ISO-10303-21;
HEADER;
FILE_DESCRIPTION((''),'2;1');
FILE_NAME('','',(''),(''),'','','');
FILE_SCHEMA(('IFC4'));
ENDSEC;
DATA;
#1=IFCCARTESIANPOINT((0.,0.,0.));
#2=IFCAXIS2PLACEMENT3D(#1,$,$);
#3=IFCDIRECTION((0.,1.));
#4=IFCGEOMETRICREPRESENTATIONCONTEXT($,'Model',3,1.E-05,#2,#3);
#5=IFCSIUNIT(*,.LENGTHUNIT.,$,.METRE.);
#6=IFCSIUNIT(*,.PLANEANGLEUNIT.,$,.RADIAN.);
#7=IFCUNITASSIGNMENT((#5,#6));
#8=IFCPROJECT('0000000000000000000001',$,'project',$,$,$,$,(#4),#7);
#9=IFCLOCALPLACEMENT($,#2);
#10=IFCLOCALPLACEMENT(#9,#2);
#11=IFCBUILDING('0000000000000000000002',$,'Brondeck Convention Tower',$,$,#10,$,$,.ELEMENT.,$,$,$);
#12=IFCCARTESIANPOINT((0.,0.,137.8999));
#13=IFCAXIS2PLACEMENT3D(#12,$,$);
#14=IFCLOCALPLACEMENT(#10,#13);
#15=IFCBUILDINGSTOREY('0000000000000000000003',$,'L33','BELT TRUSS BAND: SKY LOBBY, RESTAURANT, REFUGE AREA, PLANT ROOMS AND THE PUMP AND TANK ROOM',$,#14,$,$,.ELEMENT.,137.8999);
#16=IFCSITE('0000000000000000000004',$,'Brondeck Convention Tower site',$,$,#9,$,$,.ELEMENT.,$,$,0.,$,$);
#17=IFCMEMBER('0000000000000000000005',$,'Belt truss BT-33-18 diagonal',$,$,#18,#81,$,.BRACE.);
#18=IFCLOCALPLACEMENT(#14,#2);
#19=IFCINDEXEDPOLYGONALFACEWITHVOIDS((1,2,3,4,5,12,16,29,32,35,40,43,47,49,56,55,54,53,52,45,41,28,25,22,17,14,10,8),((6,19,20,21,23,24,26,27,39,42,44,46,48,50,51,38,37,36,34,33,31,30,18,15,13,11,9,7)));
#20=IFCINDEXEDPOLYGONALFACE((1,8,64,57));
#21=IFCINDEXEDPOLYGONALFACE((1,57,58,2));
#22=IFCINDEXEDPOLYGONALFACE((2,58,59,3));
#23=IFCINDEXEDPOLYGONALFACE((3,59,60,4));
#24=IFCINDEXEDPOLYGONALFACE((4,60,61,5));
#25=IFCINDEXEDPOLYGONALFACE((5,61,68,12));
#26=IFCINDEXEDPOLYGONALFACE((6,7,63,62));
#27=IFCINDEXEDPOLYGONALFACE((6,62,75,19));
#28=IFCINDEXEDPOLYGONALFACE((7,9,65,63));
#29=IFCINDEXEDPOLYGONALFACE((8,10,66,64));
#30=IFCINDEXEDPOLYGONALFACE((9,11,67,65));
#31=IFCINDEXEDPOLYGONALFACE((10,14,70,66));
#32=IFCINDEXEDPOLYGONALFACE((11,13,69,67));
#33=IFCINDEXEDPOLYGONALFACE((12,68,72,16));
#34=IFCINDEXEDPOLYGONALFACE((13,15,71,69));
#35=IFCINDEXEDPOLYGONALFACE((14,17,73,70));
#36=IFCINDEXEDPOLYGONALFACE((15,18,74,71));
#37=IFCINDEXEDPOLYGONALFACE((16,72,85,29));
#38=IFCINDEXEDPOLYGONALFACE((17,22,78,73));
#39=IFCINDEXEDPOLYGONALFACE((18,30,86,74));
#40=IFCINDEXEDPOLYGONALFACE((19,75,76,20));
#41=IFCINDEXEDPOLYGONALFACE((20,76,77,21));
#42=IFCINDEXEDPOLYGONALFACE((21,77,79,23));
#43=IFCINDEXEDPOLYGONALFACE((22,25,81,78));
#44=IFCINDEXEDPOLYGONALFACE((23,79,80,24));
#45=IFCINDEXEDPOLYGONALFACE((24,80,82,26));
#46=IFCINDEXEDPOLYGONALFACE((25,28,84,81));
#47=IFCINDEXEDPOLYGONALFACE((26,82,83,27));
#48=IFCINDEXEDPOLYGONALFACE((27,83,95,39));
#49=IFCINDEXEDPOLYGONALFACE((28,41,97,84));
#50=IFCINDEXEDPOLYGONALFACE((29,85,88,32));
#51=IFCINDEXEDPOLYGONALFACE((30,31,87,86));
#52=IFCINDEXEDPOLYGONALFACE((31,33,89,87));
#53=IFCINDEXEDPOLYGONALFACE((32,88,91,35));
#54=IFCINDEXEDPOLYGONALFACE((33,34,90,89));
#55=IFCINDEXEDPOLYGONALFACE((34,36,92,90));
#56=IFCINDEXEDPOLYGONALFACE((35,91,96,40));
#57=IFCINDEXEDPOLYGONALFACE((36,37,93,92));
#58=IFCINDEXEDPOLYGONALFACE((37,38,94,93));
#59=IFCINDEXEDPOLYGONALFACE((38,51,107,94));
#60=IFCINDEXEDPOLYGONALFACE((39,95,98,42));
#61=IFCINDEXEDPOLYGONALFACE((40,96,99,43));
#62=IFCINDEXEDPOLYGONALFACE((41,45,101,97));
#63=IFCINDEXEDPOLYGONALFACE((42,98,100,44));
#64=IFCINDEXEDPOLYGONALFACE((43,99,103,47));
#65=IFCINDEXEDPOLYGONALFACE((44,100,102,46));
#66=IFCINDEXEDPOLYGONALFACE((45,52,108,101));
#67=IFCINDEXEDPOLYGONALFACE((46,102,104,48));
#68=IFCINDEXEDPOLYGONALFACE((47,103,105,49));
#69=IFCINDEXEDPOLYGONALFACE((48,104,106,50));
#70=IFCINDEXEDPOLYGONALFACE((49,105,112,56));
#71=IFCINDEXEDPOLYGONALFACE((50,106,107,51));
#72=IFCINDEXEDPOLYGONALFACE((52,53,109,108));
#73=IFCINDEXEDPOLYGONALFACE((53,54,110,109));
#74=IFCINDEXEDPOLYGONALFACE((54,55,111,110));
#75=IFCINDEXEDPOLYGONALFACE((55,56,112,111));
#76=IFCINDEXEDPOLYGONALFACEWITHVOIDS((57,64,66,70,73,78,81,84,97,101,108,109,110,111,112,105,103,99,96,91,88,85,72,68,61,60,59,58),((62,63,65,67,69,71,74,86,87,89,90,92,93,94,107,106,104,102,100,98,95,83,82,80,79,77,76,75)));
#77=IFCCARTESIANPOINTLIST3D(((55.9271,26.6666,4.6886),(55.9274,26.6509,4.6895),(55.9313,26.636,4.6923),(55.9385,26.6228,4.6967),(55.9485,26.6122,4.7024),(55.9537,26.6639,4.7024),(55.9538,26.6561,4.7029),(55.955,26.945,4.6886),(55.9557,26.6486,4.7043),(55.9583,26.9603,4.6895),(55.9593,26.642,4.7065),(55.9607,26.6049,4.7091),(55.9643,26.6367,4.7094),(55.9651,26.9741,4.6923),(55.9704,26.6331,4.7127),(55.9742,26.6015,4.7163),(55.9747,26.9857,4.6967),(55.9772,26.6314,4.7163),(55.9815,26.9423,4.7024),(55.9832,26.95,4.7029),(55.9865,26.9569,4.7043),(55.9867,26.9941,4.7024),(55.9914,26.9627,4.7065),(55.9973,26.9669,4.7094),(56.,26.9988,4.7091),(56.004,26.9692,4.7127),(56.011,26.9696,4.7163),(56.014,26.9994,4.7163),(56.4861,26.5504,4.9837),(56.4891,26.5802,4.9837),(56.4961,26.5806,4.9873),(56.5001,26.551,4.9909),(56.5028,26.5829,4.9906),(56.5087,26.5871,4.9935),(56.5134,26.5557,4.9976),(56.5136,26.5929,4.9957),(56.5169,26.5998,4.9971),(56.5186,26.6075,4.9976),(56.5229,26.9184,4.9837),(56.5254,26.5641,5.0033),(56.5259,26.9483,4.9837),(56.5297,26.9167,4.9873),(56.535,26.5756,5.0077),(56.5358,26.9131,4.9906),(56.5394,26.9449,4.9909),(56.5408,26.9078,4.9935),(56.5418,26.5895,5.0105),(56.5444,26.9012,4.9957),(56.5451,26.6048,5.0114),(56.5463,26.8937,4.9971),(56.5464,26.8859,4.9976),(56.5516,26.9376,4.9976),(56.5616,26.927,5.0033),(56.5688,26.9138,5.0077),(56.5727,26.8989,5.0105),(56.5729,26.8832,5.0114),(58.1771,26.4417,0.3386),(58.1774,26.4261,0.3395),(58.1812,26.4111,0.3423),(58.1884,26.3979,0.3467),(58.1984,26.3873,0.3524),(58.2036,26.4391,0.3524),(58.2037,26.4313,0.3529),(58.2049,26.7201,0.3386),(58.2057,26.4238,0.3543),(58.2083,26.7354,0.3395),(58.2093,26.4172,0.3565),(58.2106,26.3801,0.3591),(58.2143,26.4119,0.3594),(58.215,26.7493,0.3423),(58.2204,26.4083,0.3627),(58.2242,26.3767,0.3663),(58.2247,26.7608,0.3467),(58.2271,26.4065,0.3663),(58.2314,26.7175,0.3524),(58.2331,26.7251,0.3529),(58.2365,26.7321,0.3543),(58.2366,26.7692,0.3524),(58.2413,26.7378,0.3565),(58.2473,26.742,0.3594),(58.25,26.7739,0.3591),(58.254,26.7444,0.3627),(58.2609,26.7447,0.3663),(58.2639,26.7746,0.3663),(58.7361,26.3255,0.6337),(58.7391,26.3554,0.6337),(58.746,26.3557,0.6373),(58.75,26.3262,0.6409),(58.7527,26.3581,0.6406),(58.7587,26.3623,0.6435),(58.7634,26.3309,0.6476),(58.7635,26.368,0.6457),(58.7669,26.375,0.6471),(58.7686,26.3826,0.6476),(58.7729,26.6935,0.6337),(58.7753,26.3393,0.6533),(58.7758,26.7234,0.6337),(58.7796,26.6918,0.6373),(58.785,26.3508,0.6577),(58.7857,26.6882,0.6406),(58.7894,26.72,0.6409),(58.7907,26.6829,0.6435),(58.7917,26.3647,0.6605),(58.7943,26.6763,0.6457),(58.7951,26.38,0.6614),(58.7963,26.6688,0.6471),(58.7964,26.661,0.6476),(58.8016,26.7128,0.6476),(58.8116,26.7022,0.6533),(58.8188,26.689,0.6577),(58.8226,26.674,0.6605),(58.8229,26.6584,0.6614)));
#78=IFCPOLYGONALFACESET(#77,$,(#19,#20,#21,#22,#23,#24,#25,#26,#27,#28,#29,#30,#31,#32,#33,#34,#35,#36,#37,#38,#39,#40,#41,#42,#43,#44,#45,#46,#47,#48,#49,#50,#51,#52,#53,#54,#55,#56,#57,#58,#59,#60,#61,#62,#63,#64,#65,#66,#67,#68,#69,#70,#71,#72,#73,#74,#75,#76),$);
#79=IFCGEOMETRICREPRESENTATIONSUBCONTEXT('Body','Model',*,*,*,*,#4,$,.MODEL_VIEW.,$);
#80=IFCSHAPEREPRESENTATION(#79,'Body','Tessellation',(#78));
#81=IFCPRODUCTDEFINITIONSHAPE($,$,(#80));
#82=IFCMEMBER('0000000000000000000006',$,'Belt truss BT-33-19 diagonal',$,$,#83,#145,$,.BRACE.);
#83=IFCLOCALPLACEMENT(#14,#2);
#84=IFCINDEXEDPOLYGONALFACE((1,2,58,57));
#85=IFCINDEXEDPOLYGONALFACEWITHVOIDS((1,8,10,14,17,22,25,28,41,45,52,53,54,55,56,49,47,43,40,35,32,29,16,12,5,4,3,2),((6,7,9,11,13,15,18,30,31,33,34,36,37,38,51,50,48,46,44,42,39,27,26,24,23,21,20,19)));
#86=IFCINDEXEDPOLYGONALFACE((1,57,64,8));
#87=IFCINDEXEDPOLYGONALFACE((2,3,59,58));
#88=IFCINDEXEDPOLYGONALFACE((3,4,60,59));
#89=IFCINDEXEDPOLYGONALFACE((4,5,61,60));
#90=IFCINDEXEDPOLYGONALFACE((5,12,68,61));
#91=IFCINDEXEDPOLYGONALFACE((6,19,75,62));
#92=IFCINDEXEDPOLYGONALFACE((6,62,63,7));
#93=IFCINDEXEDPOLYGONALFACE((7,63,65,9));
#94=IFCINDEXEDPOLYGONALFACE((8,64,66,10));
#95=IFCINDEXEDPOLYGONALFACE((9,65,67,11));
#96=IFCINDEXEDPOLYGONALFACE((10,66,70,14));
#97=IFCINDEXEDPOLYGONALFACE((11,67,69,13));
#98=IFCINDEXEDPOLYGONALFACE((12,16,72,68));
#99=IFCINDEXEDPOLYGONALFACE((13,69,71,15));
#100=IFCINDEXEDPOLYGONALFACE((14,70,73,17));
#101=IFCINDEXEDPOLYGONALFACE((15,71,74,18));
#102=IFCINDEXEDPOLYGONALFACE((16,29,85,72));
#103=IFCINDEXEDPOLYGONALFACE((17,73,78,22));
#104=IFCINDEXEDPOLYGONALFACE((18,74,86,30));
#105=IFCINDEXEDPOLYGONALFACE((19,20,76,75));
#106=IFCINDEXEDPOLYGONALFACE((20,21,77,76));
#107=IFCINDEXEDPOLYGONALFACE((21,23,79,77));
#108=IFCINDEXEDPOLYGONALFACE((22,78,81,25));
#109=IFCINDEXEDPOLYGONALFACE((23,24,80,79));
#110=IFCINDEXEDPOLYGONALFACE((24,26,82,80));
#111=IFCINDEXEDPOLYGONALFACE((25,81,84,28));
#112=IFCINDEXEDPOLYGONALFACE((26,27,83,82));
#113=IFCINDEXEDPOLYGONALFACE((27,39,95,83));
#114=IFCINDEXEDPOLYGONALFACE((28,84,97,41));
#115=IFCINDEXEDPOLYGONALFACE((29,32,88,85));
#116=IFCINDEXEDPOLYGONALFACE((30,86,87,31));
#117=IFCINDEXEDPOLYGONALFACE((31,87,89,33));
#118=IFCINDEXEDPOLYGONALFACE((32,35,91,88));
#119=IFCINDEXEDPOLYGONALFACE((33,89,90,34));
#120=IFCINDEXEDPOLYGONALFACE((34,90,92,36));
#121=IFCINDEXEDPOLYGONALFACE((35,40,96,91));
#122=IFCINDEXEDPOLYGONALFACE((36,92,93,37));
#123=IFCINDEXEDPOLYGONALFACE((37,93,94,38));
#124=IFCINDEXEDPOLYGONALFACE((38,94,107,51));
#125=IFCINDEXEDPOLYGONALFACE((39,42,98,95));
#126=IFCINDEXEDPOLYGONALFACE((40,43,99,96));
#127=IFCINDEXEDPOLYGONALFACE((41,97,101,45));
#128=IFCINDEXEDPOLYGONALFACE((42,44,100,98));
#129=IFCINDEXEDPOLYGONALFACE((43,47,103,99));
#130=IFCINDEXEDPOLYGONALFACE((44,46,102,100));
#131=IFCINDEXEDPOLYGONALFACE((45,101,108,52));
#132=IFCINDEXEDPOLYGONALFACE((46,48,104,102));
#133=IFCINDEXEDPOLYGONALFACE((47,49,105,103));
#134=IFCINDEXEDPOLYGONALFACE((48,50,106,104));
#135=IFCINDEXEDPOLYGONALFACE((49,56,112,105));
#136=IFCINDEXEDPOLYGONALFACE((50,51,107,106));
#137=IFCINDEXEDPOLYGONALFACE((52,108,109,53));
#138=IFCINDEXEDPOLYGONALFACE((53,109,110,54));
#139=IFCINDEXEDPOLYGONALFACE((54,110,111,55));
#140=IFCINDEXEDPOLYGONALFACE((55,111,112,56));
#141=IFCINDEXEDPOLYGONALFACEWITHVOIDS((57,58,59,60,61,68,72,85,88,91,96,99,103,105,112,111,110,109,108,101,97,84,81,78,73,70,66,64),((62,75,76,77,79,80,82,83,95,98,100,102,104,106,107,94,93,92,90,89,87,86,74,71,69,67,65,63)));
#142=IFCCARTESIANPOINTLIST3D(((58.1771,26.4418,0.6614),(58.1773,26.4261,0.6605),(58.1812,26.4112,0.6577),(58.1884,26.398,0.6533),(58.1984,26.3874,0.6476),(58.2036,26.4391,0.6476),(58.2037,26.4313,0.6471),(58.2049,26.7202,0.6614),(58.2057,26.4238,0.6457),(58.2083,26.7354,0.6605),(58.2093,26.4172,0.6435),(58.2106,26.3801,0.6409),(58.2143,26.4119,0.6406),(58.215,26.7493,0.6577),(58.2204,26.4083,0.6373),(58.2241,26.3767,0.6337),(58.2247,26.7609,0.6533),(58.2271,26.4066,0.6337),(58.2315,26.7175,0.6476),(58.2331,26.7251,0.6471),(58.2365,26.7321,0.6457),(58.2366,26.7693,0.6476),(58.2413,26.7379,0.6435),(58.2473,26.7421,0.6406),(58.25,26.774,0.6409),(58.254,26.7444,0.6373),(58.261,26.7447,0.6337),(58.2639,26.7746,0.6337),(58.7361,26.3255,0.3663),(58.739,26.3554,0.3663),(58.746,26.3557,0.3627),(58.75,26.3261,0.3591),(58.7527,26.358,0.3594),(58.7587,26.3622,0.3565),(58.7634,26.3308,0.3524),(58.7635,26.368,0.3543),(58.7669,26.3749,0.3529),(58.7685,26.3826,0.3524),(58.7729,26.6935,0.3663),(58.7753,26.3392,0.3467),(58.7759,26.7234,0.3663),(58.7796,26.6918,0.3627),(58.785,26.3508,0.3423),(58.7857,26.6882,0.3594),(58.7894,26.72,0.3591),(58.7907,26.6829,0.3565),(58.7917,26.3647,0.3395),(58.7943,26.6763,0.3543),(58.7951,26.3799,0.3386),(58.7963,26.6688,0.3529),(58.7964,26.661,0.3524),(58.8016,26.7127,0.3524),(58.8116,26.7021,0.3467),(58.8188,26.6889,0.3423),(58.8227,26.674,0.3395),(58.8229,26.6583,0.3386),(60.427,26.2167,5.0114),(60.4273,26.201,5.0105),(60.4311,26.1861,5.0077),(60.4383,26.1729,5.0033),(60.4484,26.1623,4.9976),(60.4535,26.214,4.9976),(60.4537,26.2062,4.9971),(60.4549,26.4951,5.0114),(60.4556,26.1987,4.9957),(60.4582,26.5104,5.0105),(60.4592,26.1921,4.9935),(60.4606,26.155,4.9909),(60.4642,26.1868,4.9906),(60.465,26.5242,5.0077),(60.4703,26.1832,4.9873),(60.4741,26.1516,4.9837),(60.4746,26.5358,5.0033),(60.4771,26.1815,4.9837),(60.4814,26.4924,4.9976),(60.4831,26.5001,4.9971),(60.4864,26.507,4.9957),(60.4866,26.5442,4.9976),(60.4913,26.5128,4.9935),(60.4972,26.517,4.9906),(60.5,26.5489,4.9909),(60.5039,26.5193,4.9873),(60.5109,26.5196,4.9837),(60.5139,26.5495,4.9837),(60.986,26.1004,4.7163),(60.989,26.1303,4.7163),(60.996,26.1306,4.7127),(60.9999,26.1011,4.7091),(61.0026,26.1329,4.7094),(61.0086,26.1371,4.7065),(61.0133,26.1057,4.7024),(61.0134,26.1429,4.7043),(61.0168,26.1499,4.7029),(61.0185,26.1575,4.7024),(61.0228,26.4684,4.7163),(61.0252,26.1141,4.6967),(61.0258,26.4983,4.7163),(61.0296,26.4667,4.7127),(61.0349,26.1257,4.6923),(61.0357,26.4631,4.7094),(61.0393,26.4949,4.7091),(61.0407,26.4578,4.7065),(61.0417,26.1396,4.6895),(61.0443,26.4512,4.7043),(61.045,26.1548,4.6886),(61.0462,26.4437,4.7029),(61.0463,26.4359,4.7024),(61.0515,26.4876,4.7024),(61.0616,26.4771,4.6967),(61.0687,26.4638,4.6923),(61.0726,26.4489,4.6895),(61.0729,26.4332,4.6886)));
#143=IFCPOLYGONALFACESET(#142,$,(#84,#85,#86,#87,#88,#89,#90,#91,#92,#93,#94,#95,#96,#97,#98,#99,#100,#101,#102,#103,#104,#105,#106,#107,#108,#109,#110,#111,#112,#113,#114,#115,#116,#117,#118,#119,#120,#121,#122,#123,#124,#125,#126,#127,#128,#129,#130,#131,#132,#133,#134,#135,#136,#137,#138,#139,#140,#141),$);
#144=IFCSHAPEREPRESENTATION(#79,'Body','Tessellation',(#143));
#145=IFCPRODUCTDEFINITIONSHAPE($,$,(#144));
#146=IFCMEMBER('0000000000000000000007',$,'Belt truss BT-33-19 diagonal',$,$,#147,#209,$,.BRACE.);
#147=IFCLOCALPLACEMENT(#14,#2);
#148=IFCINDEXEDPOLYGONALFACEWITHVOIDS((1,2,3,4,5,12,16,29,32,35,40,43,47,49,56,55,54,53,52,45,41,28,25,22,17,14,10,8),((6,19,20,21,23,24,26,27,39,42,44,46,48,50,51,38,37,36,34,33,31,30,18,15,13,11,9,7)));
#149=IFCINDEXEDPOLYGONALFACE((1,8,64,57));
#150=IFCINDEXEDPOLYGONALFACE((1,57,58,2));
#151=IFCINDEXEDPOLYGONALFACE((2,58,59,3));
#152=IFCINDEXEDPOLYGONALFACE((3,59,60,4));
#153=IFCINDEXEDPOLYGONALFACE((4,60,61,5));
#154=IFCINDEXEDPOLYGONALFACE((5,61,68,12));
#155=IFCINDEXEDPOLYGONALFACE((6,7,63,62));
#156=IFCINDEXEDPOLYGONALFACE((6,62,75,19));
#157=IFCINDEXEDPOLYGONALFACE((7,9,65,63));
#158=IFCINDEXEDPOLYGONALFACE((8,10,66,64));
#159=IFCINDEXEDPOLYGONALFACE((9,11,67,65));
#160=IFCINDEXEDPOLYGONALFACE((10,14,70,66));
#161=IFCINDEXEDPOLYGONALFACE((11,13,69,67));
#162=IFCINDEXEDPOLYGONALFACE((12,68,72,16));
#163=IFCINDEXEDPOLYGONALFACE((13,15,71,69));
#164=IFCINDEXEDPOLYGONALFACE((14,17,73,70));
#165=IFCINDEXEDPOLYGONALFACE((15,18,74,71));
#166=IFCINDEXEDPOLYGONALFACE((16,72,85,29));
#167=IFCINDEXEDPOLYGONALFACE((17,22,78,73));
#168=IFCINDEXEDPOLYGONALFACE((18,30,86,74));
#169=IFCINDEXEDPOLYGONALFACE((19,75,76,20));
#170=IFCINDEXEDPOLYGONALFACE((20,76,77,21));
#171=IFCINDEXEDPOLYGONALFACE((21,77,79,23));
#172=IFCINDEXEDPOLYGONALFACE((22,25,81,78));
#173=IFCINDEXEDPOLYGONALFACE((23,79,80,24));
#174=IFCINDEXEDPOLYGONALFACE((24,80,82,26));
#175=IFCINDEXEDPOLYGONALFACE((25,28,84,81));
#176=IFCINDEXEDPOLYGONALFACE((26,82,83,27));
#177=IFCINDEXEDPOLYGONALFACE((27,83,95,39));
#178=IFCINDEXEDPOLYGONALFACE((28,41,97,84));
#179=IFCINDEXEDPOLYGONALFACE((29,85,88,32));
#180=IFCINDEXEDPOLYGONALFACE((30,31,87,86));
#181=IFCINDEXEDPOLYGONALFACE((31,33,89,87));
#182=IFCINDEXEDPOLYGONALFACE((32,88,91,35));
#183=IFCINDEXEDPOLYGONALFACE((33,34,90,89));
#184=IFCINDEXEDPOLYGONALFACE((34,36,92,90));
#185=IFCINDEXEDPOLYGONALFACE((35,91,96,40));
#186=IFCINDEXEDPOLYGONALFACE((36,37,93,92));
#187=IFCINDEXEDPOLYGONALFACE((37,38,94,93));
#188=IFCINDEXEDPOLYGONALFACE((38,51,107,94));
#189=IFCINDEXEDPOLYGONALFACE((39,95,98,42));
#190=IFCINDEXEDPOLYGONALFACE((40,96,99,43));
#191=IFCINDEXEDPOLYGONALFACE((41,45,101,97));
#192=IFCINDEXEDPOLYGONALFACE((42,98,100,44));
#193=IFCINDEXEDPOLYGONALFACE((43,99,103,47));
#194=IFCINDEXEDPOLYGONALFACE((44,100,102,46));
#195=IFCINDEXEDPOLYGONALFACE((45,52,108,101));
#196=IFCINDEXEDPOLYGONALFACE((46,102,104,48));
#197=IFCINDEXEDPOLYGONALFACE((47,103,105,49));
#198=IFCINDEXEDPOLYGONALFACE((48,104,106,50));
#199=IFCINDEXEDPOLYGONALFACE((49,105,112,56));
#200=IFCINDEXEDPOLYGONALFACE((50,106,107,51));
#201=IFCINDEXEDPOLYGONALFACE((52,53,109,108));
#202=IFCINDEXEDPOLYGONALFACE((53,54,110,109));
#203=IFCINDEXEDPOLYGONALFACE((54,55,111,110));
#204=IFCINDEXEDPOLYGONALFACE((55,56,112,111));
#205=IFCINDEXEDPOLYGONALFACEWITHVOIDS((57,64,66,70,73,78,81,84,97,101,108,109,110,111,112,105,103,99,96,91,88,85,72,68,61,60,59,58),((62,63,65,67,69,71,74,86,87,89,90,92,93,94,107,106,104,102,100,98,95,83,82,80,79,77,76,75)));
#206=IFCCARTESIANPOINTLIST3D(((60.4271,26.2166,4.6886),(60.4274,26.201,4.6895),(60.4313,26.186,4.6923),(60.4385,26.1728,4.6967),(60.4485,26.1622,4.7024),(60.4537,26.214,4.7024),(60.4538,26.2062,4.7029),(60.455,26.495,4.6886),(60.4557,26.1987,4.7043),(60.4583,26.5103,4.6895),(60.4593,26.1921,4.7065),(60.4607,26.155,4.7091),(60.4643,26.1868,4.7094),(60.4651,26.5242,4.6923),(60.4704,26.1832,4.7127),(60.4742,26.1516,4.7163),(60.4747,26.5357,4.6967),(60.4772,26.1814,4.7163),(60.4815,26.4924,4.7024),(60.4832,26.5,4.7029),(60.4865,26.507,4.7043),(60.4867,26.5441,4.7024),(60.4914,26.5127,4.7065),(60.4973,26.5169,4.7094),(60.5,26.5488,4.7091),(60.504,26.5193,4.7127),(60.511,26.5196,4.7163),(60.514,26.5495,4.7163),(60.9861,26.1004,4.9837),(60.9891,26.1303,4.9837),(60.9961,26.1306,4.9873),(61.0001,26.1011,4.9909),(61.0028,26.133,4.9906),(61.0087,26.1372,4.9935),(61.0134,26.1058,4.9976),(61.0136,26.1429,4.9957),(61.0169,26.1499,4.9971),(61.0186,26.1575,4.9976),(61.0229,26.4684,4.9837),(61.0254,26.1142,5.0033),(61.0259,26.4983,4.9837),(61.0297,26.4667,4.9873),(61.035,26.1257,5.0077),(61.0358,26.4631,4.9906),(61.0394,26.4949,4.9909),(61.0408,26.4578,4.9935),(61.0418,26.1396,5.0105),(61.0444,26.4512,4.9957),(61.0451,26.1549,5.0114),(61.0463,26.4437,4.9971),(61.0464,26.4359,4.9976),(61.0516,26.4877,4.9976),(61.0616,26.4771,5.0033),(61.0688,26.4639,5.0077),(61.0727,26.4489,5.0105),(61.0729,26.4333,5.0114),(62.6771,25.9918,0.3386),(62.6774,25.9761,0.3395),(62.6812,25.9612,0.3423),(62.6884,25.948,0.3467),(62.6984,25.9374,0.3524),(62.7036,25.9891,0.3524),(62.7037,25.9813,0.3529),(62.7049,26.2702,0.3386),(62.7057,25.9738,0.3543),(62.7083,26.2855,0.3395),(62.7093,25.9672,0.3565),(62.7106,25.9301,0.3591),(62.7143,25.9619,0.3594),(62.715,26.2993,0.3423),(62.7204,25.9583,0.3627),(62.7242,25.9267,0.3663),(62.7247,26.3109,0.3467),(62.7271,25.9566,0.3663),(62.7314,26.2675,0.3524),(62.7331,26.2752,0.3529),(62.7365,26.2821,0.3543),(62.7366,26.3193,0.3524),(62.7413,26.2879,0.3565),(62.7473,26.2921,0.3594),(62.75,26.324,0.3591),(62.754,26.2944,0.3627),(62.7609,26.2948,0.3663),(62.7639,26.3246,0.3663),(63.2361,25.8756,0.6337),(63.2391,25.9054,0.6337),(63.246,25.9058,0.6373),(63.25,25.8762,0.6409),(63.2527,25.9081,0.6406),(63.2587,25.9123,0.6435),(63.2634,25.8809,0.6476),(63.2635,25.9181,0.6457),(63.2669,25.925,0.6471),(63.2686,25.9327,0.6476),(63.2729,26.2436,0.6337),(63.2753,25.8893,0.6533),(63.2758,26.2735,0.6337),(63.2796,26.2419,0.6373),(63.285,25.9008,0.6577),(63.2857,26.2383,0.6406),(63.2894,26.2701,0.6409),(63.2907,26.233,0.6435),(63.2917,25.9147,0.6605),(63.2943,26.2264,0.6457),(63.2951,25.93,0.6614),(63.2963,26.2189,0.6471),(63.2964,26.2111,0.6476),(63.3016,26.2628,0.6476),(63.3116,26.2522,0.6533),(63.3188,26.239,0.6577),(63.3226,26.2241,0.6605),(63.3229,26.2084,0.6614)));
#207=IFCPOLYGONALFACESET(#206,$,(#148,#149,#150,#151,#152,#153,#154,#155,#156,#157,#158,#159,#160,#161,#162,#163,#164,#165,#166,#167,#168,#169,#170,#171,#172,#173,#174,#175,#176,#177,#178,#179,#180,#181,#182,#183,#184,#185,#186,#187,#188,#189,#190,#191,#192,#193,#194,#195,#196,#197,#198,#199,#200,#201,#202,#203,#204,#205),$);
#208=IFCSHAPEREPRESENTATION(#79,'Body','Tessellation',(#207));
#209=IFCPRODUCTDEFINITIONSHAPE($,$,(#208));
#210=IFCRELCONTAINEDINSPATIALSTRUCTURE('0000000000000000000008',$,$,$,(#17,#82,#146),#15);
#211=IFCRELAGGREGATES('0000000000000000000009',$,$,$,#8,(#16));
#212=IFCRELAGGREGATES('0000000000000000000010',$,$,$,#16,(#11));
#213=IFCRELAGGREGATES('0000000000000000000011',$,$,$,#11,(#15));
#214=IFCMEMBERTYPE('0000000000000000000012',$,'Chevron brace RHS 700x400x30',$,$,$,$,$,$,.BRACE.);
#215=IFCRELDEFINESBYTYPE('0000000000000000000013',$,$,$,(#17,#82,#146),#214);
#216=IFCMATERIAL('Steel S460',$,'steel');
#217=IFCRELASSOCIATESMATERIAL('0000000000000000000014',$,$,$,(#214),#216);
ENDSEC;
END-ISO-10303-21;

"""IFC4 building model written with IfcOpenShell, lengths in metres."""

from ifc_helpers import new_model, si_unit, direction, frame, origin, origin_2d, place, context, subcontext, project, spatial, hollow_rectangle, extrude, material, material_profile, profile_set, type_object, element, save


model = new_model("IFC4")

# Units and contexts
model_context = context("Model", 3, precision=1e-05, world=origin(), true_north=direction((0.0, 1.0)))
body_context = subcontext(model_context, "Body", "Model", "MODEL_VIEW")
ifc_project = project(units=[si_unit("LENGTHUNIT", "METRE"), si_unit("PLANEANGLEUNIT", "RADIAN")], contexts=[model_context])

# Site, building, storey
site_placement = place(None, origin())
site = spatial("IfcSite", under=ifc_project, at=site_placement, Name="Brondeck Convention Tower site", CompositionType="ELEMENT", RefElevation=0.0)
building_placement = place(site_placement, origin())
building = spatial("IfcBuilding", under=site, at=building_placement, Name="Brondeck Convention Tower", CompositionType="ELEMENT")
storey_placement = place(building_placement, frame((0.0, 0.0, 137.8999)))
storey = spatial("IfcBuildingStorey", under=building, at=storey_placement, Name="L33", Description="BELT TRUSS BAND: SKY LOBBY, RESTAURANT, REFUGE AREA, PLANT ROOMS AND THE PUMP AND TANK ROOM", CompositionType="ELEMENT", Elevation=137.8999)

# Members
ifc_material_1 = material(Name="Steel S460", Category="steel")
ifc_material_profile_1 = material_profile(ifc_material_1, hollow_rectangle(XDim=0.3999, YDim=0.7, WallThickness=0.03, InnerFilletRadius=0.03, OuterFilletRadius=0.0601, at=origin_2d()), Name="RHS 700x400x30")
ifc_profile_set_1 = profile_set([ifc_material_profile_1], Name="Steel S460")
member_type_1 = type_object("IfcMemberType", Name="Chevron brace RHS 700x400x30", PredefinedType="BRACE", material=ifc_profile_set_1)
for number, where, z_axis, x_axis, name in (
    (1, (58.5, 26.55, 0.5), (-0.458931, 0.045863, 0.887287), (-0.09944, -0.995044, 0.0), "Belt truss BT-33-18 diagonal"),
    (2, (58.5, 26.55, 0.5), (0.45893, -0.045913, 0.887285), (0.099546, 0.995033, 0.0), "Belt truss BT-33-19 diagonal"),
    (3, (63.0, 26.1001, 0.5), (-0.458931, 0.045863, 0.887287), (-0.09944, -0.995044, 0.0), "Belt truss BT-33-19 diagonal"),
):
    element("IfcMember", number, at=place(storey_placement, frame(where, z_axis=z_axis, x_axis=x_axis)), inside=storey, type_object=member_type_1, Name=name, PredefinedType="BRACE", context=body_context, shape_type="SweptSolid", body=[
        extrude(hollow_rectangle(XDim=0.3999, YDim=0.7, WallThickness=0.03, InnerFilletRadius=0.03, OuterFilletRadius=0.0601, at=origin_2d()), origin(), (0.0, 0.0, 1.0), 4.9026),
    ])

save(model, "model.ifc")
